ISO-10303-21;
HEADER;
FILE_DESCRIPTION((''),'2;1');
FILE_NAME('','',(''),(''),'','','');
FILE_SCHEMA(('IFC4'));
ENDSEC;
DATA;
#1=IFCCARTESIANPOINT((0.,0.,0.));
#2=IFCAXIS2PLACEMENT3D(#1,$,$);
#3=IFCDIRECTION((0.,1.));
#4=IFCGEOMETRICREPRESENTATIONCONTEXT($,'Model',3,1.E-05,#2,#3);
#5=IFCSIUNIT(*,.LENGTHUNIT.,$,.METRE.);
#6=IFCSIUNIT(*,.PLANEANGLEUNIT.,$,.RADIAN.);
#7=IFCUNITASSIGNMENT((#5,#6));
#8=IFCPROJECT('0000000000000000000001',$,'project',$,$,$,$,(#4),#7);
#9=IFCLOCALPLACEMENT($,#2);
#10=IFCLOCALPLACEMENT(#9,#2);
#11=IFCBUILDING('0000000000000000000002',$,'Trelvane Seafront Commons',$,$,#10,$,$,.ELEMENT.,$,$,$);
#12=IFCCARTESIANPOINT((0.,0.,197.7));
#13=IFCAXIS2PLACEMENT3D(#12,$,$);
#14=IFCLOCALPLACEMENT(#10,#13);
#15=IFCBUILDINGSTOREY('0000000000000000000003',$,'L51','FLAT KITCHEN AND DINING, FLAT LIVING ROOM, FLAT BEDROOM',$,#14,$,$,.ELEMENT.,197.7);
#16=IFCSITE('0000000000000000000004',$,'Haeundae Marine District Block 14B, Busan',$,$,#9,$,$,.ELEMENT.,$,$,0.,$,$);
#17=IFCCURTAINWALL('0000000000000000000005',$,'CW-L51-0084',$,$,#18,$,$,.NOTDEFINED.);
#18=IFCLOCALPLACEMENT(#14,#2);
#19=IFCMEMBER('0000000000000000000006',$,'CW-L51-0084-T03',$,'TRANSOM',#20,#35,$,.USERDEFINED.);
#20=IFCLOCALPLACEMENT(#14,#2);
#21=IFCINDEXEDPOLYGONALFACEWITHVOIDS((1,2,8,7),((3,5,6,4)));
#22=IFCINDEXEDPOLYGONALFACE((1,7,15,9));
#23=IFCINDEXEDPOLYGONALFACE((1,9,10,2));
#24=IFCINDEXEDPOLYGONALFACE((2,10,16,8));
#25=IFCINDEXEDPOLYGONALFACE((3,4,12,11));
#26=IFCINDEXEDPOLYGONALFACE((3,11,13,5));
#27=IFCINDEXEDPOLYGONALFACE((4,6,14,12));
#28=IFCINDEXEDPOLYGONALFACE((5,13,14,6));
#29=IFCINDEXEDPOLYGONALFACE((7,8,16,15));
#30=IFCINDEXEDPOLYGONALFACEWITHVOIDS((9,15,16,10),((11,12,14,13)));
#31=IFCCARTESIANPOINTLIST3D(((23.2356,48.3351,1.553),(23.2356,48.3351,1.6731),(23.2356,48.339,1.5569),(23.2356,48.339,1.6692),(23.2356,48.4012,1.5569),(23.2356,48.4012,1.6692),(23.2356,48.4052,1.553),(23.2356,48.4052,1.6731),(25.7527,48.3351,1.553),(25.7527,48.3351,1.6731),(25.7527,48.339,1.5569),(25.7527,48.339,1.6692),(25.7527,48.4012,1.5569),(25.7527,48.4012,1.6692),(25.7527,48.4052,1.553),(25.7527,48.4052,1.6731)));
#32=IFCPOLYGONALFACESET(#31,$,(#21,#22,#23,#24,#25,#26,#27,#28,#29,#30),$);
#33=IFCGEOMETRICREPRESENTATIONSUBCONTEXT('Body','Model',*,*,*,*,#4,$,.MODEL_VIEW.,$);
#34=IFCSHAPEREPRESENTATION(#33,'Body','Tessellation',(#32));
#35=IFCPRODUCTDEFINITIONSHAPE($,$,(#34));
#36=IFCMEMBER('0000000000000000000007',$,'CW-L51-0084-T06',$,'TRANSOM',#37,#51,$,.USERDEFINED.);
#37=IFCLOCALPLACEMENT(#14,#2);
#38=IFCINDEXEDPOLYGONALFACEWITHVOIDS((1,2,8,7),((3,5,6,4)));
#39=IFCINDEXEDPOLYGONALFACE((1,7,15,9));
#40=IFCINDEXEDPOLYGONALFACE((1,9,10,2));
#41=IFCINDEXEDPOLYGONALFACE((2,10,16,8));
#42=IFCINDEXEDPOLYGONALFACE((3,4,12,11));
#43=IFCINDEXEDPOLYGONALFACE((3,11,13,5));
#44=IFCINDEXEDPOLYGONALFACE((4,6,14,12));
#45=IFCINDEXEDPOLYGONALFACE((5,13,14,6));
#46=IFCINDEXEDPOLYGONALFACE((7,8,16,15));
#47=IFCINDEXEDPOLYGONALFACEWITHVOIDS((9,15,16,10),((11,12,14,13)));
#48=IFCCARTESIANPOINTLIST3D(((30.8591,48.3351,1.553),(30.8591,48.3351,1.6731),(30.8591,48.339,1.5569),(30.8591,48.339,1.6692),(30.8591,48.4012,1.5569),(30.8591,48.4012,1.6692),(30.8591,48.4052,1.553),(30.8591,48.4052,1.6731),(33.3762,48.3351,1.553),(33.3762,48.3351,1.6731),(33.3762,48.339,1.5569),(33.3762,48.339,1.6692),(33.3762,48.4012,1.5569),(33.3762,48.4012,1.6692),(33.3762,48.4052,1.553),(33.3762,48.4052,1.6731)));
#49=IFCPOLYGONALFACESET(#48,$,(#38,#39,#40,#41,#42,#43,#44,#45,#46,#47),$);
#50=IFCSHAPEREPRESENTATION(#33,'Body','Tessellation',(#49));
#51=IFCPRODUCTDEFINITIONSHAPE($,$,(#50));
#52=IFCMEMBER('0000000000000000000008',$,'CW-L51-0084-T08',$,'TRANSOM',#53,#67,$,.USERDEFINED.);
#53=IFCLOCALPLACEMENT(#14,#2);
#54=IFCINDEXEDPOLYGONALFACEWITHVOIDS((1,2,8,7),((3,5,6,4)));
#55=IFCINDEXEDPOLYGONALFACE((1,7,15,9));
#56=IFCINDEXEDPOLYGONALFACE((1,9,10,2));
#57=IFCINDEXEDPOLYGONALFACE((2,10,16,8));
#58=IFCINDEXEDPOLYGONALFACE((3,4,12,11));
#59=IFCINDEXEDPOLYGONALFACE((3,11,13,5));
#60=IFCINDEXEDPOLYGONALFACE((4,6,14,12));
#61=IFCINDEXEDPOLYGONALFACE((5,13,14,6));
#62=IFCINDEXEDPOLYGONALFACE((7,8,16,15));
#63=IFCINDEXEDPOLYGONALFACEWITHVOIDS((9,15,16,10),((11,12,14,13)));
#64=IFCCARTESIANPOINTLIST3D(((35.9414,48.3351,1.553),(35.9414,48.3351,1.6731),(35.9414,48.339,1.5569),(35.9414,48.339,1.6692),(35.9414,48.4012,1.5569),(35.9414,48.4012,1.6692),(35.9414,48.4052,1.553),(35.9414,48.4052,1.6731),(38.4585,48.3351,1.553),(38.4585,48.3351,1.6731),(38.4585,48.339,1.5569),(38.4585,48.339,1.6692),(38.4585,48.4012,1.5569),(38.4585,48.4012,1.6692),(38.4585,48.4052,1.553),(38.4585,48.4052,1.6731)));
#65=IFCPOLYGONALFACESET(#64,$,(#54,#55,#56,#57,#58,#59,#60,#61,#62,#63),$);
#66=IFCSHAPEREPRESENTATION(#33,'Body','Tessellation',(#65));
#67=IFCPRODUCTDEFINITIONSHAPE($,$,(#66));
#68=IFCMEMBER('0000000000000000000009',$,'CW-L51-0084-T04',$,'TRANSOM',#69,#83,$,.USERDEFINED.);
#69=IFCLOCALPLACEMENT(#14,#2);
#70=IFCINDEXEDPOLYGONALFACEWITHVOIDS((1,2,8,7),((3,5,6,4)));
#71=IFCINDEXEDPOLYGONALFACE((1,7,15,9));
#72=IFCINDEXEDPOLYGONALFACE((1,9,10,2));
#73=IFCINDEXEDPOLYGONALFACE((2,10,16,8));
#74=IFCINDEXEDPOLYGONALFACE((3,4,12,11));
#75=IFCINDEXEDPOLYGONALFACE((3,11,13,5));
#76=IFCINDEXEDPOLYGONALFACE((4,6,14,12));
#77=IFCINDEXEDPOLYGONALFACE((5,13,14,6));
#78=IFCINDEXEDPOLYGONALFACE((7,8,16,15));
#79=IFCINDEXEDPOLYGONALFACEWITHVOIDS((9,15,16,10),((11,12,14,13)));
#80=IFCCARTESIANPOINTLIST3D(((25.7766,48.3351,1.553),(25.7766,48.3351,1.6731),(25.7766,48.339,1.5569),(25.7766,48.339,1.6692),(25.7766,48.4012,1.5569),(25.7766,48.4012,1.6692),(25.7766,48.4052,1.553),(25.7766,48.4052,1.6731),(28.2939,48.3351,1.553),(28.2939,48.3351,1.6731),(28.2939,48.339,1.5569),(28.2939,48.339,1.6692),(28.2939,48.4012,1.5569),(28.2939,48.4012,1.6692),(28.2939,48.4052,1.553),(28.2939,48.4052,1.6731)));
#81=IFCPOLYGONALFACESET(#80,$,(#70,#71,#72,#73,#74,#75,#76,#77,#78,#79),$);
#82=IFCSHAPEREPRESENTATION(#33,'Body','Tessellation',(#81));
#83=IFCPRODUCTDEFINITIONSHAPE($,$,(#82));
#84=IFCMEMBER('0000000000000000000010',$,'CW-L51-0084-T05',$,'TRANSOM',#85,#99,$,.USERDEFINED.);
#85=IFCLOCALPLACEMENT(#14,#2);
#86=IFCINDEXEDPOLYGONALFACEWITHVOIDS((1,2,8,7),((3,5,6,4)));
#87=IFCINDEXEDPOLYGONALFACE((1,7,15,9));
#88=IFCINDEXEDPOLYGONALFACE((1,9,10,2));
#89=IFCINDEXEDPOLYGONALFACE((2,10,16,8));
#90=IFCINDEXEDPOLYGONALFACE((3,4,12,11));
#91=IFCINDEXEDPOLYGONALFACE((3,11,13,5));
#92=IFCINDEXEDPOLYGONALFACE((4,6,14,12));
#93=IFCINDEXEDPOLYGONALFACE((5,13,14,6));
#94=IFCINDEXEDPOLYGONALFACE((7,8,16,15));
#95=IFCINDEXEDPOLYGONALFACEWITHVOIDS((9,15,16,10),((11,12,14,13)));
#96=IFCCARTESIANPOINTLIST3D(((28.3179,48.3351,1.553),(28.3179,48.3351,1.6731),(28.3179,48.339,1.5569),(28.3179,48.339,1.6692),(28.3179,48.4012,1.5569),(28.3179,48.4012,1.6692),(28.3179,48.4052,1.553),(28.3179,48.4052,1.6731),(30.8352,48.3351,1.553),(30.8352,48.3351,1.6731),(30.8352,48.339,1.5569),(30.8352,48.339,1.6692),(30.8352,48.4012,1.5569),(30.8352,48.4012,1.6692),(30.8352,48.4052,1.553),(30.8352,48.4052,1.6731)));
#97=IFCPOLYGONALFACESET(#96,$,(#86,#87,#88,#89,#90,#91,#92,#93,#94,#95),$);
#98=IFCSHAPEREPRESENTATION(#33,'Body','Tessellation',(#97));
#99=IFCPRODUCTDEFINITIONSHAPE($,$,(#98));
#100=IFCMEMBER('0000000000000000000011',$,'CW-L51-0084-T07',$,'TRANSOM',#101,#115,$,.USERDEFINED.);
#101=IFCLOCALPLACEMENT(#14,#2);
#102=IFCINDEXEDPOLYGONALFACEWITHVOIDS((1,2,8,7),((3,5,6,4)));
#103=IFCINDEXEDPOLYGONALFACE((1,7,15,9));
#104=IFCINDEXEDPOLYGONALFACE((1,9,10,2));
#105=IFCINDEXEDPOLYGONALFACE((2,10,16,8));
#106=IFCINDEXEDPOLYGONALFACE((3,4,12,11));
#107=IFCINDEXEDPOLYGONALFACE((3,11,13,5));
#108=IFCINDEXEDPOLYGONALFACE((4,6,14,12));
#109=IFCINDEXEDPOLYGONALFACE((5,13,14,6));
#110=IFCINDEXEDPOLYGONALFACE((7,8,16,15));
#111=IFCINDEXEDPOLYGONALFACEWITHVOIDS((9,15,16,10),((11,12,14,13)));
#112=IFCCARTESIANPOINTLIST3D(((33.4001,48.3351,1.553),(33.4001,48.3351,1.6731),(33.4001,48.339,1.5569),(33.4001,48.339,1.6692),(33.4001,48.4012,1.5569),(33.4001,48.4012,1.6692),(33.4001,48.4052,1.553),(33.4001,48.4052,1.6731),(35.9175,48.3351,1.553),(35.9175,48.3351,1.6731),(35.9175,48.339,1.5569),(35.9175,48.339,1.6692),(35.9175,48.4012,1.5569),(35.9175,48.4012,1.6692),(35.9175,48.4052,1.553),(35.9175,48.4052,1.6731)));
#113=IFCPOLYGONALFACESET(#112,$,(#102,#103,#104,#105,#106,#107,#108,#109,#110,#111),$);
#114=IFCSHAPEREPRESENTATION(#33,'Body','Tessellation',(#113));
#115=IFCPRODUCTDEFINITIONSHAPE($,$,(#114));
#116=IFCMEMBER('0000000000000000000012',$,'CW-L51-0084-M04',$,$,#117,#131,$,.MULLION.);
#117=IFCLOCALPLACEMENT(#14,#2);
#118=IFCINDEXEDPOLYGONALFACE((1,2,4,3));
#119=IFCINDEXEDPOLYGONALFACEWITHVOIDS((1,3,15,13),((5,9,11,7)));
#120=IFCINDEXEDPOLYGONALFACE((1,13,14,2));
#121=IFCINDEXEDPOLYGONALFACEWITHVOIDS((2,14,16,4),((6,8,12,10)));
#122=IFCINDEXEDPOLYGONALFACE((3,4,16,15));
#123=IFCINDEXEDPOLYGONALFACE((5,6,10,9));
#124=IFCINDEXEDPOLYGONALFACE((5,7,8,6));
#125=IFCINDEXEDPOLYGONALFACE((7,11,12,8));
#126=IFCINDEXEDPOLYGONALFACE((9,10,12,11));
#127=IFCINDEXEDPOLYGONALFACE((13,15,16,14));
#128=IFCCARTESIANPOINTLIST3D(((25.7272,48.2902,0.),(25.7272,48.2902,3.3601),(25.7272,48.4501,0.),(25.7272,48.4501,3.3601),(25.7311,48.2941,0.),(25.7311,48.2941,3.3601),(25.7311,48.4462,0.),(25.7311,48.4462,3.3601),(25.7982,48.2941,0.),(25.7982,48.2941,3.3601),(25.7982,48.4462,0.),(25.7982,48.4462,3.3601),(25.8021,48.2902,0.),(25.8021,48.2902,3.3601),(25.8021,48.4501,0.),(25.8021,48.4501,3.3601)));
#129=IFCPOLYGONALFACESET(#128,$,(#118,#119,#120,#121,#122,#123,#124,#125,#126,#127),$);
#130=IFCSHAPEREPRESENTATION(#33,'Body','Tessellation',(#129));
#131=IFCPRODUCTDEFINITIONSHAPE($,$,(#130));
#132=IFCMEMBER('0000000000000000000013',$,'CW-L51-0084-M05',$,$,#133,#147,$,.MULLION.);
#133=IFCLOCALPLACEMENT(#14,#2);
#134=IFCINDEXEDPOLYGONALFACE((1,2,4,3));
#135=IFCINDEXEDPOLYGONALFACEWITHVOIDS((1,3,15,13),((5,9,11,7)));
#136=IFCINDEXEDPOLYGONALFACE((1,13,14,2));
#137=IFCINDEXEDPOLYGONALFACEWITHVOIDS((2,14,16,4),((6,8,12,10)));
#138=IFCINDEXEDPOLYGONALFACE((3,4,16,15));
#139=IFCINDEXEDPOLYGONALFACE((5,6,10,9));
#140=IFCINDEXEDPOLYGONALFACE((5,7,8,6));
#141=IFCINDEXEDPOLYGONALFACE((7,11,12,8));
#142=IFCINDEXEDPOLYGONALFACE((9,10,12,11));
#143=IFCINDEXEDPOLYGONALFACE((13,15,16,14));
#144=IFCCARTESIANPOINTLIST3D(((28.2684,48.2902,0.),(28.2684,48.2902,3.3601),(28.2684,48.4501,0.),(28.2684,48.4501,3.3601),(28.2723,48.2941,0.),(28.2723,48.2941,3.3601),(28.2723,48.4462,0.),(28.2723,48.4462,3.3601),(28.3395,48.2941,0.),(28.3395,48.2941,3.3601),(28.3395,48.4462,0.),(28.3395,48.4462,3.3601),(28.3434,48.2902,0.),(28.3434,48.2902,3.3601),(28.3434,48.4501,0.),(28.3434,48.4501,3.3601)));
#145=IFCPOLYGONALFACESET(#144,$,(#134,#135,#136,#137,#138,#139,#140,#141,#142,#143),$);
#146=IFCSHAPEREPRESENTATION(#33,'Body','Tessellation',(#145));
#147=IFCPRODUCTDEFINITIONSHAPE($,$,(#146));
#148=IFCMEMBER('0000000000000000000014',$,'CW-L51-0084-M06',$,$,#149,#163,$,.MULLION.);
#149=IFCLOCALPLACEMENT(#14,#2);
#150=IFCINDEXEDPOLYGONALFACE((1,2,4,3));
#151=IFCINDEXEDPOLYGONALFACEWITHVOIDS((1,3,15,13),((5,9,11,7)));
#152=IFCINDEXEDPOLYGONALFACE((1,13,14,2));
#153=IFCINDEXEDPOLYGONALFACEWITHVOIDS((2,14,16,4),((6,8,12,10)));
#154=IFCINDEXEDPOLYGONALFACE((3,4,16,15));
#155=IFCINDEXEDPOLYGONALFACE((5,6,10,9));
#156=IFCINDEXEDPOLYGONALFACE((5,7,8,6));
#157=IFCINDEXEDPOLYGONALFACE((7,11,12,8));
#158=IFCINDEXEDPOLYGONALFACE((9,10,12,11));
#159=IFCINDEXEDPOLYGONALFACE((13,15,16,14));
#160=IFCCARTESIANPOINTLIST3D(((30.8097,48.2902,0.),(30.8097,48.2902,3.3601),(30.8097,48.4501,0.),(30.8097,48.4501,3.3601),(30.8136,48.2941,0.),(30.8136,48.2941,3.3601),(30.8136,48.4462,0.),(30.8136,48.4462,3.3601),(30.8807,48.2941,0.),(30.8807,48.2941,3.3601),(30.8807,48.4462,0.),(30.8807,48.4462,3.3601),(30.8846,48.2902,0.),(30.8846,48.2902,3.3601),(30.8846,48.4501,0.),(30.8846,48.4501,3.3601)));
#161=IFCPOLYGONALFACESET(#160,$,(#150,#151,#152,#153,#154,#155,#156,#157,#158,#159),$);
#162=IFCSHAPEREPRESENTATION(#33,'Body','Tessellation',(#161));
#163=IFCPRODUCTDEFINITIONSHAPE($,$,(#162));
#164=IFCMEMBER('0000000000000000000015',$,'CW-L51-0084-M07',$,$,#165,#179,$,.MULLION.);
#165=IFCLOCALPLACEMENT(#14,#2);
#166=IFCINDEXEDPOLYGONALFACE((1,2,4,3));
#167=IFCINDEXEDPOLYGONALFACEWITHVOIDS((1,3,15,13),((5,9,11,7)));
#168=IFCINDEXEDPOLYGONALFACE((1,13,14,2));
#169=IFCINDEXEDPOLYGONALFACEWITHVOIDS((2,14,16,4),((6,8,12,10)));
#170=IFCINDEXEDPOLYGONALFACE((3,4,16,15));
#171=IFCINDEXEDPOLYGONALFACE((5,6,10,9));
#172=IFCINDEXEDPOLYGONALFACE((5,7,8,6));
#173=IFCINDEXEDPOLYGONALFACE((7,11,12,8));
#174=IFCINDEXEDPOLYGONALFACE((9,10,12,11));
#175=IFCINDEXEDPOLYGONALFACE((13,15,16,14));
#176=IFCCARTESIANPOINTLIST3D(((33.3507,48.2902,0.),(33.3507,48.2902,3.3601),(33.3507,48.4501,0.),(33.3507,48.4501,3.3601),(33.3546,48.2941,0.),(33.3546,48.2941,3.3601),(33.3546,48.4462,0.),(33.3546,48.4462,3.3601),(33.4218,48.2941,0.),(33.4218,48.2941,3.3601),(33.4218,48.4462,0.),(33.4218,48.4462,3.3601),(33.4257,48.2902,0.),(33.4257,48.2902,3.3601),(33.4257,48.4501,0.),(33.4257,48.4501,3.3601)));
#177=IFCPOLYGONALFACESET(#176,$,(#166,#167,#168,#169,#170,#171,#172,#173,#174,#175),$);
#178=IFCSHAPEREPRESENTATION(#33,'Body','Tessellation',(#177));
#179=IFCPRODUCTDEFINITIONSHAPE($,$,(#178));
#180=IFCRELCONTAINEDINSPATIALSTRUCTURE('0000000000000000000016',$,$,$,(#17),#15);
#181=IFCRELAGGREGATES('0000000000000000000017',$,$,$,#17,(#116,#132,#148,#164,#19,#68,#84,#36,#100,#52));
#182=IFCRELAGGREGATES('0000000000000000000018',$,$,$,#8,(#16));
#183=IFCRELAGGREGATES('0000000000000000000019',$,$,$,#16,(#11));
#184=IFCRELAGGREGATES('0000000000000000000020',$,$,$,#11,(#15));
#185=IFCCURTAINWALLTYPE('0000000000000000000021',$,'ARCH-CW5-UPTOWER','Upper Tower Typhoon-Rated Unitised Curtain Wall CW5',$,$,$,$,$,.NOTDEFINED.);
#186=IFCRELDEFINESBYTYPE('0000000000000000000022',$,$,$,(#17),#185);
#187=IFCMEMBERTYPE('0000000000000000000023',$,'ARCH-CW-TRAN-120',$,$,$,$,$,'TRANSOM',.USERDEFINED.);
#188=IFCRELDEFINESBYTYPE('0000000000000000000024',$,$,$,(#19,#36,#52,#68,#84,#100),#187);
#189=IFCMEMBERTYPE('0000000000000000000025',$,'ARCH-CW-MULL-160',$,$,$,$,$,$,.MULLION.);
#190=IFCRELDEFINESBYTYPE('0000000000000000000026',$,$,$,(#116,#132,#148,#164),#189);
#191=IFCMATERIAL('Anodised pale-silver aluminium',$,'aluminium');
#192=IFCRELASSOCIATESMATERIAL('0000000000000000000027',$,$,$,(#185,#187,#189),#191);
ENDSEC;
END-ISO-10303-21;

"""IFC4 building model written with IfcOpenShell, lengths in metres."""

from ifc_helpers import new_model, si_unit, direction, frame, origin, origin_2d, place, context, subcontext, project, spatial, hollow_rectangle, extrude, source, transform, mapped, material, material_profile, profile_set, type_object, element, aggregate, save


model = new_model("IFC4")

# Units and contexts
model_context = context("Model", 3, precision=1e-05, world=origin(), true_north=direction((0.0, 1.0)))
body_context = subcontext(model_context, "Body", "Model", "MODEL_VIEW")
ifc_project = project(units=[si_unit("LENGTHUNIT", "METRE"), si_unit("PLANEANGLEUNIT", "RADIAN")], contexts=[model_context])

# Site, building, storey
site_placement = place(None, origin())
site = spatial("IfcSite", under=ifc_project, at=site_placement, Name="Haeundae Marine District Block 14B, Busan", CompositionType="ELEMENT", RefElevation=0.0)
building_placement = place(site_placement, origin())
building = spatial("IfcBuilding", under=site, at=building_placement, Name="Trelvane Seafront Commons", CompositionType="ELEMENT")
storey_placement = place(building_placement, frame((0.0, 0.0, 197.7)))
storey = spatial("IfcBuildingStorey", under=building, at=storey_placement, Name="L51", Description="FLAT KITCHEN AND DINING, FLAT LIVING ROOM, FLAT BEDROOM", CompositionType="ELEMENT", Elevation=197.7)

# Curtain wall, members
ifc_material_1 = material(Name="Anodised pale-silver aluminium", Category="aluminium")
curtain_wall_type = type_object("IfcCurtainWallType", Name="ARCH-CW5-UPTOWER", Description="Upper Tower Typhoon-Rated Unitised Curtain Wall CW5", PredefinedType="NOTDEFINED", material=ifc_material_1)
curtain_wall_placement = place(storey_placement, origin())
curtain_wall = element("IfcCurtainWall", 1, at=curtain_wall_placement, inside=storey, type_object=curtain_wall_type, Name="CW-L51-0084", PredefinedType="NOTDEFINED")
ifc_material_profile_1 = material_profile(ifc_material_1, hollow_rectangle(XDim=0.0701, YDim=0.1201, WallThickness=0.0039, at=origin_2d()), Name="TRAN-70x120x4")
ifc_profile_set_1 = profile_set([ifc_material_profile_1], Name="Anodised pale-silver aluminium")
member_type_1 = type_object("IfcMemberType", Name="ARCH-CW-TRAN-120", ElementType="TRANSOM", PredefinedType="USERDEFINED", material=ifc_profile_set_1)
shared_shape_1 = source(origin(), body_context, "Body", "SweptSolid", [
    extrude(hollow_rectangle(XDim=0.0701, YDim=0.1201, WallThickness=0.0039, at=origin_2d()), origin(), (0.0, 0.0, 1.0), 2.5171),
])
member_1_placement = place(storey_placement, frame((23.2356, 48.3701, 1.613), z_axis=(1.0, 0.0, 0.0), x_axis=(0.0, 1.0, 0.0)))
member_1 = element("IfcMember", 2, at=member_1_placement, type_object=member_type_1, Name="CW-L51-0084-T03", ObjectType="TRANSOM", PredefinedType="USERDEFINED", context=body_context, shape_type="MappedRepresentation", body=[
    mapped(shared_shape_1, transform((0.0, 0.0, 0.0), x_axis=(1.0, 0.0, 0.0), y_axis=(0.0, 1.0, 0.0), z_axis=(0.0, 0.0, 1.0), scale=1.0)),
])
member_2_placement = place(storey_placement, frame((30.8591, 48.3701, 1.613), z_axis=(1.0, 0.0, 0.0), x_axis=(0.0, 1.0, 0.0)))
member_2 = element("IfcMember", 3, at=member_2_placement, type_object=member_type_1, Name="CW-L51-0084-T06", ObjectType="TRANSOM", PredefinedType="USERDEFINED", context=body_context, shape_type="MappedRepresentation", body=[
    mapped(shared_shape_1, transform((0.0, 0.0, 0.0), x_axis=(1.0, 0.0, 0.0), y_axis=(0.0, 1.0, 0.0), z_axis=(0.0, 0.0, 1.0), scale=1.0)),
])
member_3_placement = place(storey_placement, frame((35.9414, 48.3701, 1.613), z_axis=(1.0, 0.0, 0.0), x_axis=(0.0, 1.0, 0.0)))
member_3 = element("IfcMember", 4, at=member_3_placement, type_object=member_type_1, Name="CW-L51-0084-T08", ObjectType="TRANSOM", PredefinedType="USERDEFINED", context=body_context, shape_type="MappedRepresentation", body=[
    mapped(shared_shape_1, transform((0.0, 0.0, 0.0), x_axis=(1.0, 0.0, 0.0), y_axis=(0.0, 1.0, 0.0), z_axis=(0.0, 0.0, 1.0), scale=1.0)),
])
shared_shape_2 = source(origin(), body_context, "Body", "SweptSolid", [
    extrude(hollow_rectangle(XDim=0.0701, YDim=0.1201, WallThickness=0.0039, at=origin_2d()), origin(), (0.0, 0.0, 1.0), 2.5173),
])
member_4_placement = place(storey_placement, frame((25.7766, 48.3701, 1.613), z_axis=(1.0, 0.0, 0.0), x_axis=(0.0, 1.0, 0.0)))
member_4 = element("IfcMember", 5, at=member_4_placement, type_object=member_type_1, Name="CW-L51-0084-T04", ObjectType="TRANSOM", PredefinedType="USERDEFINED", context=body_context, shape_type="MappedRepresentation", body=[
    mapped(shared_shape_2, transform((0.0, 0.0, 0.0), x_axis=(1.0, 0.0, 0.0), y_axis=(0.0, 1.0, 0.0), z_axis=(0.0, 0.0, 1.0), scale=1.0)),
])
member_5_placement = place(storey_placement, frame((28.3179, 48.3701, 1.613), z_axis=(1.0, 0.0, 0.0), x_axis=(0.0, 1.0, 0.0)))
member_5 = element("IfcMember", 6, at=member_5_placement, type_object=member_type_1, Name="CW-L51-0084-T05", ObjectType="TRANSOM", PredefinedType="USERDEFINED", context=body_context, shape_type="MappedRepresentation", body=[
    mapped(shared_shape_2, transform((0.0, 0.0, 0.0), x_axis=(1.0, 0.0, 0.0), y_axis=(0.0, 1.0, 0.0), z_axis=(0.0, 0.0, 1.0), scale=1.0)),
])
member_6_placement = place(storey_placement, frame((33.4001, 48.3701, 1.613), z_axis=(1.0, 0.0, 0.0), x_axis=(0.0, 1.0, 0.0)))
member_6 = element("IfcMember", 7, at=member_6_placement, type_object=member_type_1, Name="CW-L51-0084-T07", ObjectType="TRANSOM", PredefinedType="USERDEFINED", context=body_context, shape_type="MappedRepresentation", body=[
    mapped(shared_shape_2, transform((0.0, 0.0, 0.0), x_axis=(1.0, 0.0, 0.0), y_axis=(0.0, 1.0, 0.0), z_axis=(0.0, 0.0, 1.0), scale=1.0)),
])
ifc_material_profile_2 = material_profile(ifc_material_1, hollow_rectangle(XDim=0.075, YDim=0.1599, WallThickness=0.0039, at=origin_2d()), Name="MULL-75x160x4")
ifc_profile_set_2 = profile_set([ifc_material_profile_2], Name="Anodised pale-silver aluminium")
member_type_2 = type_object("IfcMemberType", Name="ARCH-CW-MULL-160", PredefinedType="MULLION", material=ifc_profile_set_2)
shared_shape_3 = source(origin(), body_context, "Body", "SweptSolid", [
    extrude(hollow_rectangle(XDim=0.075, YDim=0.1599, WallThickness=0.0039, at=origin_2d()), origin(), (0.0, 0.0, 1.0), 3.3601),
])
member_7_placement = place(storey_placement, frame((25.7646, 48.3701, 0.0), z_axis=(0.0, 0.0, 1.0), x_axis=(1.0, 0.0, 0.0)))
member_7 = element("IfcMember", 8, at=member_7_placement, type_object=member_type_2, Name="CW-L51-0084-M04", PredefinedType="MULLION", context=body_context, shape_type="MappedRepresentation", body=[
    mapped(shared_shape_3, transform((0.0, 0.0, 0.0), x_axis=(1.0, 0.0, 0.0), y_axis=(0.0, 1.0, 0.0), z_axis=(0.0, 0.0, 1.0), scale=1.0)),
])
member_8_placement = place(storey_placement, frame((28.3059, 48.3701, 0.0), z_axis=(0.0, 0.0, 1.0), x_axis=(1.0, 0.0, 0.0)))
member_8 = element("IfcMember", 9, at=member_8_placement, type_object=member_type_2, Name="CW-L51-0084-M05", PredefinedType="MULLION", context=body_context, shape_type="MappedRepresentation", body=[
    mapped(shared_shape_3, transform((0.0, 0.0, 0.0), x_axis=(1.0, 0.0, 0.0), y_axis=(0.0, 1.0, 0.0), z_axis=(0.0, 0.0, 1.0), scale=1.0)),
])
member_9_placement = place(storey_placement, frame((30.8472, 48.3701, 0.0), z_axis=(0.0, 0.0, 1.0), x_axis=(1.0, 0.0, 0.0)))
member_9 = element("IfcMember", 10, at=member_9_placement, type_object=member_type_2, Name="CW-L51-0084-M06", PredefinedType="MULLION", context=body_context, shape_type="MappedRepresentation", body=[
    mapped(shared_shape_3, transform((0.0, 0.0, 0.0), x_axis=(1.0, 0.0, 0.0), y_axis=(0.0, 1.0, 0.0), z_axis=(0.0, 0.0, 1.0), scale=1.0)),
])
member_10_placement = place(storey_placement, frame((33.3882, 48.3701, 0.0), z_axis=(0.0, 0.0, 1.0), x_axis=(1.0, 0.0, 0.0)))
member_10 = element("IfcMember", 11, at=member_10_placement, type_object=member_type_2, Name="CW-L51-0084-M07", PredefinedType="MULLION", context=body_context, shape_type="MappedRepresentation", body=[
    mapped(shared_shape_3, transform((0.0, 0.0, 0.0), x_axis=(1.0, 0.0, 0.0), y_axis=(0.0, 1.0, 0.0), z_axis=(0.0, 0.0, 1.0), scale=1.0)),
])

aggregate(curtain_wall, [member_7, member_8, member_9, member_10, member_1, member_4, member_5, member_2, member_6, member_3])

save(model, "model.ifc")
